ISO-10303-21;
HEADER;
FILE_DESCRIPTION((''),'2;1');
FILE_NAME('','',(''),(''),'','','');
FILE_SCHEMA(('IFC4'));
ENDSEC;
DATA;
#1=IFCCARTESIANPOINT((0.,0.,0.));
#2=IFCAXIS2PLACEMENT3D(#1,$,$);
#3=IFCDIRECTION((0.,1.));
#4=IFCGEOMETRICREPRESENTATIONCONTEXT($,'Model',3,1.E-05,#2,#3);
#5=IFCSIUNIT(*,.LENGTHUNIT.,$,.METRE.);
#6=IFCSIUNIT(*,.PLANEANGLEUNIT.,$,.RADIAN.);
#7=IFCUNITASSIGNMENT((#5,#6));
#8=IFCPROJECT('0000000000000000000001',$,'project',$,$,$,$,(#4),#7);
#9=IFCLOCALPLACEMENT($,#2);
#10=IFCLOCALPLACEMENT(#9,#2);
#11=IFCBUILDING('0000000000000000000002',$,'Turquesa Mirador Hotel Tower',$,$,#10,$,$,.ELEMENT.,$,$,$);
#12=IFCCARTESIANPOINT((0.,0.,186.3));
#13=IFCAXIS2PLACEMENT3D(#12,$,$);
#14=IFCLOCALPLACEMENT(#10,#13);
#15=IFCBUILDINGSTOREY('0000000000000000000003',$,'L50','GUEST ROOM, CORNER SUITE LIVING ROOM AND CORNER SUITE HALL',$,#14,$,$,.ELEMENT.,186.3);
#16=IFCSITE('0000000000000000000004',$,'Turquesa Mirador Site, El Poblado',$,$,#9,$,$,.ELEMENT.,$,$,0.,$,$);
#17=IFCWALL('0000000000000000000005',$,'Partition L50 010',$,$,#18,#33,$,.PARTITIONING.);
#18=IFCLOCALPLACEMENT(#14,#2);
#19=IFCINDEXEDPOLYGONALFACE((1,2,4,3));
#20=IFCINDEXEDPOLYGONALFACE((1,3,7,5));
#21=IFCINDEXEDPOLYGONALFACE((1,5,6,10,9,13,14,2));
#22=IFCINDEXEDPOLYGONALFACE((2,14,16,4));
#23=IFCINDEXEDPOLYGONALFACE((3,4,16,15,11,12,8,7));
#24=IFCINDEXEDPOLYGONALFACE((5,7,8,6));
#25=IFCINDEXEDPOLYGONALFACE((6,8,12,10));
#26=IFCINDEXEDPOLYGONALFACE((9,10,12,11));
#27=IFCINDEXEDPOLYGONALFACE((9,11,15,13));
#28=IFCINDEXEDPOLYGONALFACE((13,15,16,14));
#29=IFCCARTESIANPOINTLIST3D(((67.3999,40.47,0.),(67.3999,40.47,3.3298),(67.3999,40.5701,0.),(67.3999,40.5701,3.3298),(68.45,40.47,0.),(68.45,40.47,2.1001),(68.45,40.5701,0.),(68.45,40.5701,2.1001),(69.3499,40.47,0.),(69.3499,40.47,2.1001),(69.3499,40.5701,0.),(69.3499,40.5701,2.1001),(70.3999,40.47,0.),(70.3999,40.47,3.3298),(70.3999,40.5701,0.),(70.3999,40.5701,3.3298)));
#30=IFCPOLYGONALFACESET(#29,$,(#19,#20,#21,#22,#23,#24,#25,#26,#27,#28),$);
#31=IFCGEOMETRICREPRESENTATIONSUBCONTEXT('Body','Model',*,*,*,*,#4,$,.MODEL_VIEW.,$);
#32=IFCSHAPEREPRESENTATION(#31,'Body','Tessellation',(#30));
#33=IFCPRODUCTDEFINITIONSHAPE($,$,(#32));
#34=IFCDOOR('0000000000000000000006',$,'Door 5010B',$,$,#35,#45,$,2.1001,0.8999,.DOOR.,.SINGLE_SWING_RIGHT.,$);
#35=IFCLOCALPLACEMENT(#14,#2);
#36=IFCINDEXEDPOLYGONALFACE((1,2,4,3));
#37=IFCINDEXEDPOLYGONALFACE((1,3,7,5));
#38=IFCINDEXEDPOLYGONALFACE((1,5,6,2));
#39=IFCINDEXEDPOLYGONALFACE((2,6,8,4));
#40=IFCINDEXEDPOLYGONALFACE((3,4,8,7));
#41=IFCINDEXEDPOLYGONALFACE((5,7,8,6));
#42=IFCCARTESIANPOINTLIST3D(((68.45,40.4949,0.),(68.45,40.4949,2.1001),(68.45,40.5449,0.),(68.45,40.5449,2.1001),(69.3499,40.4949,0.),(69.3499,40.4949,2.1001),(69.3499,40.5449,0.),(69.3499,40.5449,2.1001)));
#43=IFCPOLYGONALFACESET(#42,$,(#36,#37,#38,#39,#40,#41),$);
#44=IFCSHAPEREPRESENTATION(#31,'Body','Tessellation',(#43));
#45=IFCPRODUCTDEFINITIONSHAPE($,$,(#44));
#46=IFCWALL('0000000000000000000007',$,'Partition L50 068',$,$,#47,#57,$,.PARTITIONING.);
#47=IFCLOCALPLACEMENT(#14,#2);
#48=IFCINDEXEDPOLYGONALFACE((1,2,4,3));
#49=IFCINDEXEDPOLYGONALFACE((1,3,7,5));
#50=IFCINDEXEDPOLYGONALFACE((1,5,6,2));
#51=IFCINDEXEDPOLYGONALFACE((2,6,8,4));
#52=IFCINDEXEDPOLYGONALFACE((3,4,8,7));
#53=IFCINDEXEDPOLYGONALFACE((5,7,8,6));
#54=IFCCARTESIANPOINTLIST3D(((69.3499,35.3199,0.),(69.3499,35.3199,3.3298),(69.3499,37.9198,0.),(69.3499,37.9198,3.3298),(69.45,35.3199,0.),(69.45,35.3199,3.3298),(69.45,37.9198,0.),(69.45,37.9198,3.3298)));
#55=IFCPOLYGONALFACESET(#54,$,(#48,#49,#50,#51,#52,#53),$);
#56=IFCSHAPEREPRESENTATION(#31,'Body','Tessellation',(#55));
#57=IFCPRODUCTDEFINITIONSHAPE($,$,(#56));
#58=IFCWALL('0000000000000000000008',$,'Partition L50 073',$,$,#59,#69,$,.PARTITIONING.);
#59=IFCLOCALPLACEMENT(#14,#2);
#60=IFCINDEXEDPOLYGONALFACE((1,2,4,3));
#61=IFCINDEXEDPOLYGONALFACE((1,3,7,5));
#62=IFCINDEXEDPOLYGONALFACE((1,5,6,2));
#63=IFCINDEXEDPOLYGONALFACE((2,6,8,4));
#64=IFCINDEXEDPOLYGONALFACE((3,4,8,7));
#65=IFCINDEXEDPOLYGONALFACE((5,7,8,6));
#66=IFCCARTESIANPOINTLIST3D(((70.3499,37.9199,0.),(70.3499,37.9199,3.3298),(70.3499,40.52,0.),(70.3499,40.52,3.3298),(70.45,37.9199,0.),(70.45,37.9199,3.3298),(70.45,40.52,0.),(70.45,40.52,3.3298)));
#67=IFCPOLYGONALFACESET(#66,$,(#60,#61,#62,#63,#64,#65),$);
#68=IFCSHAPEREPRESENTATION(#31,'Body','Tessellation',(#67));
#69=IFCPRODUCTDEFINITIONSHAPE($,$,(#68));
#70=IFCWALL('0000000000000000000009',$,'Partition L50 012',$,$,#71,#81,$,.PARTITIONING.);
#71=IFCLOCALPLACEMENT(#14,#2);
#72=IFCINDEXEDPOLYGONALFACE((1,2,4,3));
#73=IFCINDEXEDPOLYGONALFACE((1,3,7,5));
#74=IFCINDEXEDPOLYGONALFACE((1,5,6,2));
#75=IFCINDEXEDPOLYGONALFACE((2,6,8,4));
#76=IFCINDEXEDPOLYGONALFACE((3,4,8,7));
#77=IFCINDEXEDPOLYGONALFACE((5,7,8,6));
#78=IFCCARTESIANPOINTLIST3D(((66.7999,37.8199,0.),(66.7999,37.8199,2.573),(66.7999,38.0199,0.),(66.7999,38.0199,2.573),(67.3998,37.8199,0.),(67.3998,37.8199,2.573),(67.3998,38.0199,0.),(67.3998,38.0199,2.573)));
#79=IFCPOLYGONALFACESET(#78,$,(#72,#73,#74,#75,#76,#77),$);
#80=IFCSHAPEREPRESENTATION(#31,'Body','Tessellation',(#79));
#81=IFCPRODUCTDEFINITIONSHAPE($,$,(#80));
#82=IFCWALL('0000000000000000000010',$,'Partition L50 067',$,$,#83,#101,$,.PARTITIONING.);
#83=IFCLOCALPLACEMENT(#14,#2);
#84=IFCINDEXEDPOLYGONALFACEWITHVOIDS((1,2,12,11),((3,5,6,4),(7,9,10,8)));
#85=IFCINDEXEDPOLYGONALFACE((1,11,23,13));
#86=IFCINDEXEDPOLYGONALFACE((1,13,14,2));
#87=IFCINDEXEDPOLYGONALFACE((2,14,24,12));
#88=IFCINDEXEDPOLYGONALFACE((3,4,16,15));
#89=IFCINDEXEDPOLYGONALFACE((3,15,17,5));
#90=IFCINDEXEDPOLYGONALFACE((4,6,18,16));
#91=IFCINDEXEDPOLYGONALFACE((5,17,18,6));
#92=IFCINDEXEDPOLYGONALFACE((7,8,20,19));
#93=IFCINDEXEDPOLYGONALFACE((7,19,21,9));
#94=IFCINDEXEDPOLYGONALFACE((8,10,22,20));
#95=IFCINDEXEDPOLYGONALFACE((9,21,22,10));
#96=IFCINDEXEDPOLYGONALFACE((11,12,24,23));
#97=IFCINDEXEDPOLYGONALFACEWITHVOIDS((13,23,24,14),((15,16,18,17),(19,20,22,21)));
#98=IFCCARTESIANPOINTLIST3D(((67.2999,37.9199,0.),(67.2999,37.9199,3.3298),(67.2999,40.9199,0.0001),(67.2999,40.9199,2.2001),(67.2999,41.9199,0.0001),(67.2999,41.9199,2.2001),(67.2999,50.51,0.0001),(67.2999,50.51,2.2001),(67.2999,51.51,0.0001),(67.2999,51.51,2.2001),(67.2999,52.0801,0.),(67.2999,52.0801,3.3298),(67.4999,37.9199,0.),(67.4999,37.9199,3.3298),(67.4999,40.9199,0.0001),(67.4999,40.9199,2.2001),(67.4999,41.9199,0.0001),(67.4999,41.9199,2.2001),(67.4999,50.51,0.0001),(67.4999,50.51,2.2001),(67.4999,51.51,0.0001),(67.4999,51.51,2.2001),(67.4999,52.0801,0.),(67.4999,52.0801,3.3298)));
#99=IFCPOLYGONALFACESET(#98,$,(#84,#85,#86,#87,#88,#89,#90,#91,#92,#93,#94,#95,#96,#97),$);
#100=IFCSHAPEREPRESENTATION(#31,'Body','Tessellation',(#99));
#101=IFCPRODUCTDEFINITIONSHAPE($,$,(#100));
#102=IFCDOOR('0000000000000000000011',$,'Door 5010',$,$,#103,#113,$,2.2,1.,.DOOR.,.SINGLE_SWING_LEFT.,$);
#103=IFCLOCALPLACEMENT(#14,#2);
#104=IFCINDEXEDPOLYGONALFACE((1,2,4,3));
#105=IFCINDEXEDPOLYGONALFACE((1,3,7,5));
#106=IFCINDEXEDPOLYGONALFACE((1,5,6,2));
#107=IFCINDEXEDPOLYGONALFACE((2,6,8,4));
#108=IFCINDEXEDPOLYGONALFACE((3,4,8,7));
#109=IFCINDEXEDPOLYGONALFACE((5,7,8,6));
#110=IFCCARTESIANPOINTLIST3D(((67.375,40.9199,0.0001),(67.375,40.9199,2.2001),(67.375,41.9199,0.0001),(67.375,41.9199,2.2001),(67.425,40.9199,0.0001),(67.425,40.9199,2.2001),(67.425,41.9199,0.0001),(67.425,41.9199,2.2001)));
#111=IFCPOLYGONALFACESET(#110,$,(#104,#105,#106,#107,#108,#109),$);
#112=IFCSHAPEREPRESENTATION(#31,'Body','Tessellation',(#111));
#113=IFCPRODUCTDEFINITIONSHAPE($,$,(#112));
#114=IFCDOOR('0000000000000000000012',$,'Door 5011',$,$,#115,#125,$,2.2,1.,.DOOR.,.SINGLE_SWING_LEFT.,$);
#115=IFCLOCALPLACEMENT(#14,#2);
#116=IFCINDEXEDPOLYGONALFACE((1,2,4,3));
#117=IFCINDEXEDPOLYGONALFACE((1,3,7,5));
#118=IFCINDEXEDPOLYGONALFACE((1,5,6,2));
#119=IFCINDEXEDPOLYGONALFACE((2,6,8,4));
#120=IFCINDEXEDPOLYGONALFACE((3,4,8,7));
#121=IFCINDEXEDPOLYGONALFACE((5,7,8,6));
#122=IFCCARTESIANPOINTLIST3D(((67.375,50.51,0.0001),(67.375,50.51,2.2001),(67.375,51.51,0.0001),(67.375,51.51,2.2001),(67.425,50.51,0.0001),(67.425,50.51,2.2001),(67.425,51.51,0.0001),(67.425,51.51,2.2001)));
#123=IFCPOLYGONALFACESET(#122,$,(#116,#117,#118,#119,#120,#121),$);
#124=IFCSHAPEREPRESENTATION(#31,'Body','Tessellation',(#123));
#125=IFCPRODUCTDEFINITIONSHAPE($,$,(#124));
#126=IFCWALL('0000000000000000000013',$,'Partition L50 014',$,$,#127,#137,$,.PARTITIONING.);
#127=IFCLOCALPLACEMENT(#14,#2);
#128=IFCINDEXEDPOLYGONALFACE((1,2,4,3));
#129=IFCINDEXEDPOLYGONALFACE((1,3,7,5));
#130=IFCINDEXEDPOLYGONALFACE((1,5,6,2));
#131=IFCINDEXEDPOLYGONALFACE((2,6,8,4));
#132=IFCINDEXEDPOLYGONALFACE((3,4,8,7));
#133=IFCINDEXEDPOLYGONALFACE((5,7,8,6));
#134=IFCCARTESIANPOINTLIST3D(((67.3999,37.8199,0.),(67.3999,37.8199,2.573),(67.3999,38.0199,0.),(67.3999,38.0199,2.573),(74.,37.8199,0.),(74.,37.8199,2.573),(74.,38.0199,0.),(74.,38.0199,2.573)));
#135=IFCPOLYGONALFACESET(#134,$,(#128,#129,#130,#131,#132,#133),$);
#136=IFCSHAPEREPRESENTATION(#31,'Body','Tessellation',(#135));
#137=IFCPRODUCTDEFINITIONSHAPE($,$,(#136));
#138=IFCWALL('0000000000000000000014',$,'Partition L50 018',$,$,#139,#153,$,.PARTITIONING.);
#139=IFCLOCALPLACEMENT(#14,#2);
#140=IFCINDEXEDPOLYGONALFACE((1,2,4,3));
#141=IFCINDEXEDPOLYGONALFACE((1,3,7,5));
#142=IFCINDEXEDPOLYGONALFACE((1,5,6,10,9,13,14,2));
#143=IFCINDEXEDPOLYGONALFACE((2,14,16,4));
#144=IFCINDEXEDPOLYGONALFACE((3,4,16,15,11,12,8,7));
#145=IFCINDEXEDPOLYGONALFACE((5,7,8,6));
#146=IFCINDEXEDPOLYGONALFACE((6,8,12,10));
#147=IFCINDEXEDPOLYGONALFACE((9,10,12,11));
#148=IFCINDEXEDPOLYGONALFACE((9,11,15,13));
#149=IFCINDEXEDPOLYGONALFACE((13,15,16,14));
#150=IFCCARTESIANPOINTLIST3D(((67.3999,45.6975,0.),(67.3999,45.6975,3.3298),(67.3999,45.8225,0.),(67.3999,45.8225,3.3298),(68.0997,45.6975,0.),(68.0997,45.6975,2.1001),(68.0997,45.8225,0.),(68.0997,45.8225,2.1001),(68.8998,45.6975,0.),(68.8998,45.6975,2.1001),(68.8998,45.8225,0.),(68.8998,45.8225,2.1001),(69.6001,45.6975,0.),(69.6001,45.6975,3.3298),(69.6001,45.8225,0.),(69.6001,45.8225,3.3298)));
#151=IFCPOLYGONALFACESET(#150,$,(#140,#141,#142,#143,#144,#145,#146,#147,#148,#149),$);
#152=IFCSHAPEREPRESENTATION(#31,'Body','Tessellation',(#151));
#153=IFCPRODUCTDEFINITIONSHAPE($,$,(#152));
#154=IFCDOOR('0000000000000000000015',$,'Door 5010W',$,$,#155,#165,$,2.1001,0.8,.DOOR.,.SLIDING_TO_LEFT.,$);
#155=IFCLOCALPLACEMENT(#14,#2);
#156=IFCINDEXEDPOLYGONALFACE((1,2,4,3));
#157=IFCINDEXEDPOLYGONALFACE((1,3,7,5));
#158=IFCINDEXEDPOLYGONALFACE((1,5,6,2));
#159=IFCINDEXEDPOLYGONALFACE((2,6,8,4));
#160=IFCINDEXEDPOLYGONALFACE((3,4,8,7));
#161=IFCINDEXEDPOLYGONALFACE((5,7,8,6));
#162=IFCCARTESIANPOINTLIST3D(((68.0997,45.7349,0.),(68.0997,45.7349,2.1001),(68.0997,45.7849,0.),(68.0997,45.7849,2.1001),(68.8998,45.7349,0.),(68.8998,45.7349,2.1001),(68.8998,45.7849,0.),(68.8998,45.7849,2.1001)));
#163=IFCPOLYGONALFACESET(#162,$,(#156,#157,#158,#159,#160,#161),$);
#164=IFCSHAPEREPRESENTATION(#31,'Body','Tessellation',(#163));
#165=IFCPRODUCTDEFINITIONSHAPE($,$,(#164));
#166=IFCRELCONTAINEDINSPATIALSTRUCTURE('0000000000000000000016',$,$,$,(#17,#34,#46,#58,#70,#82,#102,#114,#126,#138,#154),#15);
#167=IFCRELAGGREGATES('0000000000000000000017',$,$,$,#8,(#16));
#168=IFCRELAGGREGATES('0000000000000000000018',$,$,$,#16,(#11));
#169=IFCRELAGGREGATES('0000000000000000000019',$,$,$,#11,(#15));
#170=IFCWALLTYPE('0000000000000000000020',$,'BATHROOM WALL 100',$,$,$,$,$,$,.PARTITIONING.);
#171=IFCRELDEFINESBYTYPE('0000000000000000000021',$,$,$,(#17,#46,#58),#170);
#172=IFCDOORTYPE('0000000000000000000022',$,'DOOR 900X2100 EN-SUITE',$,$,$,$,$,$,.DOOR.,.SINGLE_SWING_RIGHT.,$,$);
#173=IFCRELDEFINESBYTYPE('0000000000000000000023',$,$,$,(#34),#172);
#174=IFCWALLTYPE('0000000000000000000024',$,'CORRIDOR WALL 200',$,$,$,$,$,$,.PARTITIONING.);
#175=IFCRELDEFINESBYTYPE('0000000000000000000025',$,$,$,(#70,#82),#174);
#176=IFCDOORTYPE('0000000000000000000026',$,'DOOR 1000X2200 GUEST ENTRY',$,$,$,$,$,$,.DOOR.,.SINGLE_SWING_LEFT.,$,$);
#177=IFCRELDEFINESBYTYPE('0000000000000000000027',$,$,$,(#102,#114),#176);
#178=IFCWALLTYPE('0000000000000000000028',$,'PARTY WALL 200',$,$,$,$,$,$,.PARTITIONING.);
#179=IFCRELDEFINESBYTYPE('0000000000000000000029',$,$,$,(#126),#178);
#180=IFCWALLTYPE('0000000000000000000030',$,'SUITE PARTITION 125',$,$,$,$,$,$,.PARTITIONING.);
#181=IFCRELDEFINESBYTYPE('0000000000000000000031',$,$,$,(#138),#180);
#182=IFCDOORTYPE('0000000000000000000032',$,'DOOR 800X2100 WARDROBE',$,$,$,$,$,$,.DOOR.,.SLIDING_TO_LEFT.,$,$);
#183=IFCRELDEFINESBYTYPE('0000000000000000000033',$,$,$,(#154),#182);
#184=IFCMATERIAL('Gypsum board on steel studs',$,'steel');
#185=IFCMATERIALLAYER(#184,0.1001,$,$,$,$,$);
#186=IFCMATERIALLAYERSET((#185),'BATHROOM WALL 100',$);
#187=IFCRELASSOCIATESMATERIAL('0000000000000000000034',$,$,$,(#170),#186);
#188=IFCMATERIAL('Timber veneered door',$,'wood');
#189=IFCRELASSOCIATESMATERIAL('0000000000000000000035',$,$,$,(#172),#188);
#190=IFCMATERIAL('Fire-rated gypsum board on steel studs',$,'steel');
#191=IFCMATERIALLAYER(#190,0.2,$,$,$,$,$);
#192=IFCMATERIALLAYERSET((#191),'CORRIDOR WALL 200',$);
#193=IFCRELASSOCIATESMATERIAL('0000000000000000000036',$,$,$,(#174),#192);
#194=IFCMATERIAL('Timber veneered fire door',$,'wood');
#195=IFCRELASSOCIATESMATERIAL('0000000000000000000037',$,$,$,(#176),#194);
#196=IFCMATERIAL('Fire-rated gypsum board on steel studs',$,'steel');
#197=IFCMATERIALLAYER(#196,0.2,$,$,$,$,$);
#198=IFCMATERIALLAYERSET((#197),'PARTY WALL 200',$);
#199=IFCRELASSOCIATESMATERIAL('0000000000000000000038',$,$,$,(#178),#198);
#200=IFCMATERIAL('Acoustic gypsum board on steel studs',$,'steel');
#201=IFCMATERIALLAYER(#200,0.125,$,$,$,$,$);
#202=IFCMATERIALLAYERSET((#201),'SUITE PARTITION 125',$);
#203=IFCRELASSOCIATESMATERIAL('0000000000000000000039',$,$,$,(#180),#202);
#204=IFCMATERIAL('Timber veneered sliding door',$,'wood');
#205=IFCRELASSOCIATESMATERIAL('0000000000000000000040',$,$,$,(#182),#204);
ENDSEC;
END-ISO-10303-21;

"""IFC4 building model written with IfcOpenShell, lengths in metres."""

from ifc_helpers import new_model, si_unit, direction, frame, frame_2d, origin, place, context, subcontext, project, spatial, rectangle, extrude, material, layer, layer_set, type_object, element, fill, save


model = new_model("IFC4")

# Units and contexts
model_context = context("Model", 3, precision=1e-05, world=origin(), true_north=direction((0.0, 1.0)))
body_context = subcontext(model_context, "Body", "Model", "MODEL_VIEW")
ifc_project = project(units=[si_unit("LENGTHUNIT", "METRE"), si_unit("PLANEANGLEUNIT", "RADIAN")], contexts=[model_context])

# Site, building, storey
site_placement = place(None, origin())
site = spatial("IfcSite", under=ifc_project, at=site_placement, Name="Turquesa Mirador Site, El Poblado", CompositionType="ELEMENT", RefElevation=0.0)
building_placement = place(site_placement, origin())
building = spatial("IfcBuilding", under=site, at=building_placement, Name="Turquesa Mirador Hotel Tower", CompositionType="ELEMENT")
storey_placement = place(building_placement, frame((0.0, 0.0, 186.3)))
storey = spatial("IfcBuildingStorey", under=building, at=storey_placement, Name="L50", Description="GUEST ROOM, CORNER SUITE LIVING ROOM AND CORNER SUITE HALL", CompositionType="ELEMENT", Elevation=186.3)

# Wall, opening, door
ifc_material_1 = material(Name="Gypsum board on steel studs", Category="steel")
ifc_layer_1 = layer(ifc_material_1, 0.1001)
ifc_layer_set_1 = layer_set([ifc_layer_1], Name="BATHROOM WALL 100")
wall_type_1 = type_object("IfcWallType", Name="BATHROOM WALL 100", PredefinedType="PARTITIONING", material=ifc_layer_set_1)
wall_1_placement = place(storey_placement, frame((67.3999, 40.52, 0.0), z_axis=(0.0, 0.0, 1.0), x_axis=(1.0, 0.0, 0.0)))
wall_1 = element("IfcWall", 1, at=wall_1_placement, inside=storey, type_object=wall_type_1, Name="Partition L50 010", PredefinedType="PARTITIONING", context=body_context, shape_type="SweptSolid", body=[
    extrude(rectangle(XDim=3.0, YDim=0.1001, at=frame_2d((1.5, 0.0))), origin(), (0.0, 0.0, 1.0), 3.3298),
])
opening_1_placement = place(wall_1_placement, frame((1.05, 0.0, 0.0)))
opening_1 = element("IfcOpeningElement", 2, at=opening_1_placement, cuts=wall_1, PredefinedType="OPENING", context=body_context, shape_type="SweptSolid", body=[
    extrude(rectangle(XDim=0.8999, YDim=2.1001, at=frame_2d((0.45, 1.05))), frame((0.0, 0.0601, 0.0), z_axis=(0.0, -1.0, 0.0), x_axis=(1.0, 0.0, 0.0)), (0.0, 0.0, 1.0), 0.1201),
])
ifc_material_2 = material(Name="Timber veneered door", Category="wood")
door_type_1 = type_object("IfcDoorType", Name="DOOR 900X2100 EN-SUITE", OperationType="SINGLE_SWING_RIGHT", PredefinedType="DOOR", material=ifc_material_2)
door_1_placement = place(opening_1_placement, origin())
door_1 = element("IfcDoor", 3, at=door_1_placement, inside=storey, type_object=door_type_1, Name="Door 5010B", OperationType="SINGLE_SWING_RIGHT", OverallHeight=2.1001, OverallWidth=0.8999, PredefinedType="DOOR", context=body_context, shape_type="SweptSolid", body=[
    extrude(rectangle(XDim=0.8999, YDim=2.1001, at=frame_2d((0.45, 1.05))), frame((0.0, 0.0249, 0.0), z_axis=(0.0, -1.0, 0.0), x_axis=(1.0, 0.0, 0.0)), (0.0, 0.0, 1.0), 0.05),
])
fill(opening_1, door_1)

# Walls
wall_2_placement = place(storey_placement, frame((69.3999, 35.3201, 0.0), z_axis=(0.0, 0.0, 1.0), x_axis=(0.0, 1.0, 0.0)))
element("IfcWall", 4, at=wall_2_placement, inside=storey, type_object=wall_type_1, Name="Partition L50 068", PredefinedType="PARTITIONING", context=body_context, shape_type="SweptSolid", body=[
    extrude(rectangle(XDim=2.5999, YDim=0.1001, at=frame_2d((1.2998, 0.0))), origin(), (0.0, 0.0, 1.0), 3.3298),
])
wall_3_placement = place(storey_placement, frame((70.3999, 37.9199, 0.0), z_axis=(0.0, 0.0, 1.0), x_axis=(0.0, 1.0, 0.0)))
element("IfcWall", 5, at=wall_3_placement, inside=storey, type_object=wall_type_1, Name="Partition L50 073", PredefinedType="PARTITIONING", context=body_context, shape_type="SweptSolid", body=[
    extrude(rectangle(XDim=2.6001, YDim=0.1001, at=frame_2d((1.3, 0.0))), origin(), (0.0, 0.0, 1.0), 3.3298),
])
ifc_material_3 = material(Name="Fire-rated gypsum board on steel studs", Category="steel")
ifc_layer_2 = layer(ifc_material_3, 0.2)
ifc_layer_set_2 = layer_set([ifc_layer_2], Name="CORRIDOR WALL 200")
wall_type_2 = type_object("IfcWallType", Name="CORRIDOR WALL 200", PredefinedType="PARTITIONING", material=ifc_layer_set_2)
wall_4_placement = place(storey_placement, frame((66.8, 37.9199, 0.0), z_axis=(0.0, 0.0, 1.0), x_axis=(1.0, 0.0, 0.0)))
element("IfcWall", 6, at=wall_4_placement, inside=storey, type_object=wall_type_2, Name="Partition L50 012", PredefinedType="PARTITIONING", context=body_context, shape_type="SweptSolid", body=[
    extrude(rectangle(XDim=0.5999, YDim=0.2, at=frame_2d((0.2998, 0.0))), origin(), (0.0, 0.0, 1.0), 2.573),
])

# Wall, openings, doors
wall_5_placement = place(storey_placement, frame((67.3999, 37.9199, 0.0), z_axis=(0.0, 0.0, 1.0), x_axis=(0.0, 1.0, 0.0)))
wall_5 = element("IfcWall", 7, at=wall_5_placement, inside=storey, type_object=wall_type_2, Name="Partition L50 067", PredefinedType="PARTITIONING", context=body_context, shape_type="SweptSolid", body=[
    extrude(rectangle(XDim=14.1602, YDim=0.2, at=frame_2d((7.0801, 0.0))), origin(), (0.0, 0.0, 1.0), 3.3298),
])
opening_2_placement = place(wall_5_placement, frame((3.0, 0.0, 0.0)))
opening_2 = element("IfcOpeningElement", 8, at=opening_2_placement, cuts=wall_5, PredefinedType="OPENING", context=body_context, shape_type="SweptSolid", body=[
    extrude(rectangle(XDim=1.0, YDim=2.2, at=frame_2d((0.5, 1.1001))), frame((0.0, 0.1099, 0.0), z_axis=(0.0, -1.0, 0.0), x_axis=(1.0, 0.0, 0.0)), (0.0, 0.0, 1.0), 0.22),
])
opening_3_placement = place(wall_5_placement, frame((12.5901, 0.0, 0.0)))
opening_3 = element("IfcOpeningElement", 9, at=opening_3_placement, cuts=wall_5, PredefinedType="OPENING", context=body_context, shape_type="SweptSolid", body=[
    extrude(rectangle(XDim=1.0, YDim=2.2, at=frame_2d((0.5, 1.1001))), frame((0.0, 0.1099, 0.0), z_axis=(0.0, -1.0, 0.0), x_axis=(1.0, 0.0, 0.0)), (0.0, 0.0, 1.0), 0.22),
])
ifc_material_4 = material(Name="Timber veneered fire door", Category="wood")
door_type_2 = type_object("IfcDoorType", Name="DOOR 1000X2200 GUEST ENTRY", OperationType="SINGLE_SWING_LEFT", PredefinedType="DOOR", material=ifc_material_4)
door_2_placement = place(opening_2_placement, origin())
door_2 = element("IfcDoor", 10, at=door_2_placement, inside=storey, type_object=door_type_2, Name="Door 5010", OperationType="SINGLE_SWING_LEFT", OverallHeight=2.2, OverallWidth=1.0, PredefinedType="DOOR", context=body_context, shape_type="SweptSolid", body=[
    extrude(rectangle(XDim=1.0, YDim=2.2, at=frame_2d((0.5, 1.1001))), frame((0.0, 0.0249, 0.0), z_axis=(0.0, -1.0, 0.0), x_axis=(1.0, 0.0, 0.0)), (0.0, 0.0, 1.0), 0.05),
])
fill(opening_2, door_2)
door_3_placement = place(opening_3_placement, origin())
door_3 = element("IfcDoor", 11, at=door_3_placement, inside=storey, type_object=door_type_2, Name="Door 5011", OperationType="SINGLE_SWING_LEFT", OverallHeight=2.2, OverallWidth=1.0, PredefinedType="DOOR", context=body_context, shape_type="SweptSolid", body=[
    extrude(rectangle(XDim=1.0, YDim=2.2, at=frame_2d((0.5, 1.1001))), frame((0.0, 0.0249, 0.0), z_axis=(0.0, -1.0, 0.0), x_axis=(1.0, 0.0, 0.0)), (0.0, 0.0, 1.0), 0.05),
])
fill(opening_3, door_3)

# Wall
ifc_material_5 = material(Name="Fire-rated gypsum board on steel studs", Category="steel")
ifc_layer_3 = layer(ifc_material_5, 0.2)
ifc_layer_set_3 = layer_set([ifc_layer_3], Name="PARTY WALL 200")
wall_type_3 = type_object("IfcWallType", Name="PARTY WALL 200", PredefinedType="PARTITIONING", material=ifc_layer_set_3)
wall_6_placement = place(storey_placement, frame((67.3999, 37.9199, 0.0), z_axis=(0.0, 0.0, 1.0), x_axis=(1.0, 0.0, 0.0)))
element("IfcWall", 12, at=wall_6_placement, inside=storey, type_object=wall_type_3, Name="Partition L50 014", PredefinedType="PARTITIONING", context=body_context, shape_type="SweptSolid", body=[
    extrude(rectangle(XDim=6.6001, YDim=0.2, at=frame_2d((3.3, 0.0))), origin(), (0.0, 0.0, 1.0), 2.573),
])

# Wall, opening, door
ifc_material_6 = material(Name="Acoustic gypsum board on steel studs", Category="steel")
ifc_layer_4 = layer(ifc_material_6, 0.125)
ifc_layer_set_4 = layer_set([ifc_layer_4], Name="SUITE PARTITION 125")
wall_type_4 = type_object("IfcWallType", Name="SUITE PARTITION 125", PredefinedType="PARTITIONING", material=ifc_layer_set_4)
wall_7_placement = place(storey_placement, frame((67.3999, 45.76, 0.0), z_axis=(0.0, 0.0, 1.0), x_axis=(1.0, 0.0, 0.0)))
wall_7 = element("IfcWall", 13, at=wall_7_placement, inside=storey, type_object=wall_type_4, Name="Partition L50 018", PredefinedType="PARTITIONING", context=body_context, shape_type="SweptSolid", body=[
    extrude(rectangle(XDim=2.2002, YDim=0.125, at=frame_2d((1.1001, 0.0))), origin(), (0.0, 0.0, 1.0), 3.3298),
])
opening_4_placement = place(wall_7_placement, frame((0.7, 0.0, 0.0)))
opening_4 = element("IfcOpeningElement", 14, at=opening_4_placement, cuts=wall_7, PredefinedType="OPENING", context=body_context, shape_type="SweptSolid", body=[
    extrude(rectangle(XDim=0.8, YDim=2.1001, at=frame_2d((0.3999, 1.05))), frame((0.0, 0.0725, 0.0), z_axis=(0.0, -1.0, 0.0), x_axis=(1.0, 0.0, 0.0)), (0.0, 0.0, 1.0), 0.145),
])
ifc_material_7 = material(Name="Timber veneered sliding door", Category="wood")
door_type_3 = type_object("IfcDoorType", Name="DOOR 800X2100 WARDROBE", OperationType="SLIDING_TO_LEFT", PredefinedType="DOOR", material=ifc_material_7)
door_4_placement = place(opening_4_placement, origin())
door_4 = element("IfcDoor", 15, at=door_4_placement, inside=storey, type_object=door_type_3, Name="Door 5010W", OperationType="SLIDING_TO_LEFT", OverallHeight=2.1001, OverallWidth=0.8, PredefinedType="DOOR", context=body_context, shape_type="SweptSolid", body=[
    extrude(rectangle(XDim=0.8, YDim=2.1001, at=frame_2d((0.3999, 1.05))), frame((0.0, 0.0249, 0.0), z_axis=(0.0, -1.0, 0.0), x_axis=(1.0, 0.0, 0.0)), (0.0, 0.0, 1.0), 0.05),
])
fill(opening_4, door_4)

save(model, "model.ifc")
